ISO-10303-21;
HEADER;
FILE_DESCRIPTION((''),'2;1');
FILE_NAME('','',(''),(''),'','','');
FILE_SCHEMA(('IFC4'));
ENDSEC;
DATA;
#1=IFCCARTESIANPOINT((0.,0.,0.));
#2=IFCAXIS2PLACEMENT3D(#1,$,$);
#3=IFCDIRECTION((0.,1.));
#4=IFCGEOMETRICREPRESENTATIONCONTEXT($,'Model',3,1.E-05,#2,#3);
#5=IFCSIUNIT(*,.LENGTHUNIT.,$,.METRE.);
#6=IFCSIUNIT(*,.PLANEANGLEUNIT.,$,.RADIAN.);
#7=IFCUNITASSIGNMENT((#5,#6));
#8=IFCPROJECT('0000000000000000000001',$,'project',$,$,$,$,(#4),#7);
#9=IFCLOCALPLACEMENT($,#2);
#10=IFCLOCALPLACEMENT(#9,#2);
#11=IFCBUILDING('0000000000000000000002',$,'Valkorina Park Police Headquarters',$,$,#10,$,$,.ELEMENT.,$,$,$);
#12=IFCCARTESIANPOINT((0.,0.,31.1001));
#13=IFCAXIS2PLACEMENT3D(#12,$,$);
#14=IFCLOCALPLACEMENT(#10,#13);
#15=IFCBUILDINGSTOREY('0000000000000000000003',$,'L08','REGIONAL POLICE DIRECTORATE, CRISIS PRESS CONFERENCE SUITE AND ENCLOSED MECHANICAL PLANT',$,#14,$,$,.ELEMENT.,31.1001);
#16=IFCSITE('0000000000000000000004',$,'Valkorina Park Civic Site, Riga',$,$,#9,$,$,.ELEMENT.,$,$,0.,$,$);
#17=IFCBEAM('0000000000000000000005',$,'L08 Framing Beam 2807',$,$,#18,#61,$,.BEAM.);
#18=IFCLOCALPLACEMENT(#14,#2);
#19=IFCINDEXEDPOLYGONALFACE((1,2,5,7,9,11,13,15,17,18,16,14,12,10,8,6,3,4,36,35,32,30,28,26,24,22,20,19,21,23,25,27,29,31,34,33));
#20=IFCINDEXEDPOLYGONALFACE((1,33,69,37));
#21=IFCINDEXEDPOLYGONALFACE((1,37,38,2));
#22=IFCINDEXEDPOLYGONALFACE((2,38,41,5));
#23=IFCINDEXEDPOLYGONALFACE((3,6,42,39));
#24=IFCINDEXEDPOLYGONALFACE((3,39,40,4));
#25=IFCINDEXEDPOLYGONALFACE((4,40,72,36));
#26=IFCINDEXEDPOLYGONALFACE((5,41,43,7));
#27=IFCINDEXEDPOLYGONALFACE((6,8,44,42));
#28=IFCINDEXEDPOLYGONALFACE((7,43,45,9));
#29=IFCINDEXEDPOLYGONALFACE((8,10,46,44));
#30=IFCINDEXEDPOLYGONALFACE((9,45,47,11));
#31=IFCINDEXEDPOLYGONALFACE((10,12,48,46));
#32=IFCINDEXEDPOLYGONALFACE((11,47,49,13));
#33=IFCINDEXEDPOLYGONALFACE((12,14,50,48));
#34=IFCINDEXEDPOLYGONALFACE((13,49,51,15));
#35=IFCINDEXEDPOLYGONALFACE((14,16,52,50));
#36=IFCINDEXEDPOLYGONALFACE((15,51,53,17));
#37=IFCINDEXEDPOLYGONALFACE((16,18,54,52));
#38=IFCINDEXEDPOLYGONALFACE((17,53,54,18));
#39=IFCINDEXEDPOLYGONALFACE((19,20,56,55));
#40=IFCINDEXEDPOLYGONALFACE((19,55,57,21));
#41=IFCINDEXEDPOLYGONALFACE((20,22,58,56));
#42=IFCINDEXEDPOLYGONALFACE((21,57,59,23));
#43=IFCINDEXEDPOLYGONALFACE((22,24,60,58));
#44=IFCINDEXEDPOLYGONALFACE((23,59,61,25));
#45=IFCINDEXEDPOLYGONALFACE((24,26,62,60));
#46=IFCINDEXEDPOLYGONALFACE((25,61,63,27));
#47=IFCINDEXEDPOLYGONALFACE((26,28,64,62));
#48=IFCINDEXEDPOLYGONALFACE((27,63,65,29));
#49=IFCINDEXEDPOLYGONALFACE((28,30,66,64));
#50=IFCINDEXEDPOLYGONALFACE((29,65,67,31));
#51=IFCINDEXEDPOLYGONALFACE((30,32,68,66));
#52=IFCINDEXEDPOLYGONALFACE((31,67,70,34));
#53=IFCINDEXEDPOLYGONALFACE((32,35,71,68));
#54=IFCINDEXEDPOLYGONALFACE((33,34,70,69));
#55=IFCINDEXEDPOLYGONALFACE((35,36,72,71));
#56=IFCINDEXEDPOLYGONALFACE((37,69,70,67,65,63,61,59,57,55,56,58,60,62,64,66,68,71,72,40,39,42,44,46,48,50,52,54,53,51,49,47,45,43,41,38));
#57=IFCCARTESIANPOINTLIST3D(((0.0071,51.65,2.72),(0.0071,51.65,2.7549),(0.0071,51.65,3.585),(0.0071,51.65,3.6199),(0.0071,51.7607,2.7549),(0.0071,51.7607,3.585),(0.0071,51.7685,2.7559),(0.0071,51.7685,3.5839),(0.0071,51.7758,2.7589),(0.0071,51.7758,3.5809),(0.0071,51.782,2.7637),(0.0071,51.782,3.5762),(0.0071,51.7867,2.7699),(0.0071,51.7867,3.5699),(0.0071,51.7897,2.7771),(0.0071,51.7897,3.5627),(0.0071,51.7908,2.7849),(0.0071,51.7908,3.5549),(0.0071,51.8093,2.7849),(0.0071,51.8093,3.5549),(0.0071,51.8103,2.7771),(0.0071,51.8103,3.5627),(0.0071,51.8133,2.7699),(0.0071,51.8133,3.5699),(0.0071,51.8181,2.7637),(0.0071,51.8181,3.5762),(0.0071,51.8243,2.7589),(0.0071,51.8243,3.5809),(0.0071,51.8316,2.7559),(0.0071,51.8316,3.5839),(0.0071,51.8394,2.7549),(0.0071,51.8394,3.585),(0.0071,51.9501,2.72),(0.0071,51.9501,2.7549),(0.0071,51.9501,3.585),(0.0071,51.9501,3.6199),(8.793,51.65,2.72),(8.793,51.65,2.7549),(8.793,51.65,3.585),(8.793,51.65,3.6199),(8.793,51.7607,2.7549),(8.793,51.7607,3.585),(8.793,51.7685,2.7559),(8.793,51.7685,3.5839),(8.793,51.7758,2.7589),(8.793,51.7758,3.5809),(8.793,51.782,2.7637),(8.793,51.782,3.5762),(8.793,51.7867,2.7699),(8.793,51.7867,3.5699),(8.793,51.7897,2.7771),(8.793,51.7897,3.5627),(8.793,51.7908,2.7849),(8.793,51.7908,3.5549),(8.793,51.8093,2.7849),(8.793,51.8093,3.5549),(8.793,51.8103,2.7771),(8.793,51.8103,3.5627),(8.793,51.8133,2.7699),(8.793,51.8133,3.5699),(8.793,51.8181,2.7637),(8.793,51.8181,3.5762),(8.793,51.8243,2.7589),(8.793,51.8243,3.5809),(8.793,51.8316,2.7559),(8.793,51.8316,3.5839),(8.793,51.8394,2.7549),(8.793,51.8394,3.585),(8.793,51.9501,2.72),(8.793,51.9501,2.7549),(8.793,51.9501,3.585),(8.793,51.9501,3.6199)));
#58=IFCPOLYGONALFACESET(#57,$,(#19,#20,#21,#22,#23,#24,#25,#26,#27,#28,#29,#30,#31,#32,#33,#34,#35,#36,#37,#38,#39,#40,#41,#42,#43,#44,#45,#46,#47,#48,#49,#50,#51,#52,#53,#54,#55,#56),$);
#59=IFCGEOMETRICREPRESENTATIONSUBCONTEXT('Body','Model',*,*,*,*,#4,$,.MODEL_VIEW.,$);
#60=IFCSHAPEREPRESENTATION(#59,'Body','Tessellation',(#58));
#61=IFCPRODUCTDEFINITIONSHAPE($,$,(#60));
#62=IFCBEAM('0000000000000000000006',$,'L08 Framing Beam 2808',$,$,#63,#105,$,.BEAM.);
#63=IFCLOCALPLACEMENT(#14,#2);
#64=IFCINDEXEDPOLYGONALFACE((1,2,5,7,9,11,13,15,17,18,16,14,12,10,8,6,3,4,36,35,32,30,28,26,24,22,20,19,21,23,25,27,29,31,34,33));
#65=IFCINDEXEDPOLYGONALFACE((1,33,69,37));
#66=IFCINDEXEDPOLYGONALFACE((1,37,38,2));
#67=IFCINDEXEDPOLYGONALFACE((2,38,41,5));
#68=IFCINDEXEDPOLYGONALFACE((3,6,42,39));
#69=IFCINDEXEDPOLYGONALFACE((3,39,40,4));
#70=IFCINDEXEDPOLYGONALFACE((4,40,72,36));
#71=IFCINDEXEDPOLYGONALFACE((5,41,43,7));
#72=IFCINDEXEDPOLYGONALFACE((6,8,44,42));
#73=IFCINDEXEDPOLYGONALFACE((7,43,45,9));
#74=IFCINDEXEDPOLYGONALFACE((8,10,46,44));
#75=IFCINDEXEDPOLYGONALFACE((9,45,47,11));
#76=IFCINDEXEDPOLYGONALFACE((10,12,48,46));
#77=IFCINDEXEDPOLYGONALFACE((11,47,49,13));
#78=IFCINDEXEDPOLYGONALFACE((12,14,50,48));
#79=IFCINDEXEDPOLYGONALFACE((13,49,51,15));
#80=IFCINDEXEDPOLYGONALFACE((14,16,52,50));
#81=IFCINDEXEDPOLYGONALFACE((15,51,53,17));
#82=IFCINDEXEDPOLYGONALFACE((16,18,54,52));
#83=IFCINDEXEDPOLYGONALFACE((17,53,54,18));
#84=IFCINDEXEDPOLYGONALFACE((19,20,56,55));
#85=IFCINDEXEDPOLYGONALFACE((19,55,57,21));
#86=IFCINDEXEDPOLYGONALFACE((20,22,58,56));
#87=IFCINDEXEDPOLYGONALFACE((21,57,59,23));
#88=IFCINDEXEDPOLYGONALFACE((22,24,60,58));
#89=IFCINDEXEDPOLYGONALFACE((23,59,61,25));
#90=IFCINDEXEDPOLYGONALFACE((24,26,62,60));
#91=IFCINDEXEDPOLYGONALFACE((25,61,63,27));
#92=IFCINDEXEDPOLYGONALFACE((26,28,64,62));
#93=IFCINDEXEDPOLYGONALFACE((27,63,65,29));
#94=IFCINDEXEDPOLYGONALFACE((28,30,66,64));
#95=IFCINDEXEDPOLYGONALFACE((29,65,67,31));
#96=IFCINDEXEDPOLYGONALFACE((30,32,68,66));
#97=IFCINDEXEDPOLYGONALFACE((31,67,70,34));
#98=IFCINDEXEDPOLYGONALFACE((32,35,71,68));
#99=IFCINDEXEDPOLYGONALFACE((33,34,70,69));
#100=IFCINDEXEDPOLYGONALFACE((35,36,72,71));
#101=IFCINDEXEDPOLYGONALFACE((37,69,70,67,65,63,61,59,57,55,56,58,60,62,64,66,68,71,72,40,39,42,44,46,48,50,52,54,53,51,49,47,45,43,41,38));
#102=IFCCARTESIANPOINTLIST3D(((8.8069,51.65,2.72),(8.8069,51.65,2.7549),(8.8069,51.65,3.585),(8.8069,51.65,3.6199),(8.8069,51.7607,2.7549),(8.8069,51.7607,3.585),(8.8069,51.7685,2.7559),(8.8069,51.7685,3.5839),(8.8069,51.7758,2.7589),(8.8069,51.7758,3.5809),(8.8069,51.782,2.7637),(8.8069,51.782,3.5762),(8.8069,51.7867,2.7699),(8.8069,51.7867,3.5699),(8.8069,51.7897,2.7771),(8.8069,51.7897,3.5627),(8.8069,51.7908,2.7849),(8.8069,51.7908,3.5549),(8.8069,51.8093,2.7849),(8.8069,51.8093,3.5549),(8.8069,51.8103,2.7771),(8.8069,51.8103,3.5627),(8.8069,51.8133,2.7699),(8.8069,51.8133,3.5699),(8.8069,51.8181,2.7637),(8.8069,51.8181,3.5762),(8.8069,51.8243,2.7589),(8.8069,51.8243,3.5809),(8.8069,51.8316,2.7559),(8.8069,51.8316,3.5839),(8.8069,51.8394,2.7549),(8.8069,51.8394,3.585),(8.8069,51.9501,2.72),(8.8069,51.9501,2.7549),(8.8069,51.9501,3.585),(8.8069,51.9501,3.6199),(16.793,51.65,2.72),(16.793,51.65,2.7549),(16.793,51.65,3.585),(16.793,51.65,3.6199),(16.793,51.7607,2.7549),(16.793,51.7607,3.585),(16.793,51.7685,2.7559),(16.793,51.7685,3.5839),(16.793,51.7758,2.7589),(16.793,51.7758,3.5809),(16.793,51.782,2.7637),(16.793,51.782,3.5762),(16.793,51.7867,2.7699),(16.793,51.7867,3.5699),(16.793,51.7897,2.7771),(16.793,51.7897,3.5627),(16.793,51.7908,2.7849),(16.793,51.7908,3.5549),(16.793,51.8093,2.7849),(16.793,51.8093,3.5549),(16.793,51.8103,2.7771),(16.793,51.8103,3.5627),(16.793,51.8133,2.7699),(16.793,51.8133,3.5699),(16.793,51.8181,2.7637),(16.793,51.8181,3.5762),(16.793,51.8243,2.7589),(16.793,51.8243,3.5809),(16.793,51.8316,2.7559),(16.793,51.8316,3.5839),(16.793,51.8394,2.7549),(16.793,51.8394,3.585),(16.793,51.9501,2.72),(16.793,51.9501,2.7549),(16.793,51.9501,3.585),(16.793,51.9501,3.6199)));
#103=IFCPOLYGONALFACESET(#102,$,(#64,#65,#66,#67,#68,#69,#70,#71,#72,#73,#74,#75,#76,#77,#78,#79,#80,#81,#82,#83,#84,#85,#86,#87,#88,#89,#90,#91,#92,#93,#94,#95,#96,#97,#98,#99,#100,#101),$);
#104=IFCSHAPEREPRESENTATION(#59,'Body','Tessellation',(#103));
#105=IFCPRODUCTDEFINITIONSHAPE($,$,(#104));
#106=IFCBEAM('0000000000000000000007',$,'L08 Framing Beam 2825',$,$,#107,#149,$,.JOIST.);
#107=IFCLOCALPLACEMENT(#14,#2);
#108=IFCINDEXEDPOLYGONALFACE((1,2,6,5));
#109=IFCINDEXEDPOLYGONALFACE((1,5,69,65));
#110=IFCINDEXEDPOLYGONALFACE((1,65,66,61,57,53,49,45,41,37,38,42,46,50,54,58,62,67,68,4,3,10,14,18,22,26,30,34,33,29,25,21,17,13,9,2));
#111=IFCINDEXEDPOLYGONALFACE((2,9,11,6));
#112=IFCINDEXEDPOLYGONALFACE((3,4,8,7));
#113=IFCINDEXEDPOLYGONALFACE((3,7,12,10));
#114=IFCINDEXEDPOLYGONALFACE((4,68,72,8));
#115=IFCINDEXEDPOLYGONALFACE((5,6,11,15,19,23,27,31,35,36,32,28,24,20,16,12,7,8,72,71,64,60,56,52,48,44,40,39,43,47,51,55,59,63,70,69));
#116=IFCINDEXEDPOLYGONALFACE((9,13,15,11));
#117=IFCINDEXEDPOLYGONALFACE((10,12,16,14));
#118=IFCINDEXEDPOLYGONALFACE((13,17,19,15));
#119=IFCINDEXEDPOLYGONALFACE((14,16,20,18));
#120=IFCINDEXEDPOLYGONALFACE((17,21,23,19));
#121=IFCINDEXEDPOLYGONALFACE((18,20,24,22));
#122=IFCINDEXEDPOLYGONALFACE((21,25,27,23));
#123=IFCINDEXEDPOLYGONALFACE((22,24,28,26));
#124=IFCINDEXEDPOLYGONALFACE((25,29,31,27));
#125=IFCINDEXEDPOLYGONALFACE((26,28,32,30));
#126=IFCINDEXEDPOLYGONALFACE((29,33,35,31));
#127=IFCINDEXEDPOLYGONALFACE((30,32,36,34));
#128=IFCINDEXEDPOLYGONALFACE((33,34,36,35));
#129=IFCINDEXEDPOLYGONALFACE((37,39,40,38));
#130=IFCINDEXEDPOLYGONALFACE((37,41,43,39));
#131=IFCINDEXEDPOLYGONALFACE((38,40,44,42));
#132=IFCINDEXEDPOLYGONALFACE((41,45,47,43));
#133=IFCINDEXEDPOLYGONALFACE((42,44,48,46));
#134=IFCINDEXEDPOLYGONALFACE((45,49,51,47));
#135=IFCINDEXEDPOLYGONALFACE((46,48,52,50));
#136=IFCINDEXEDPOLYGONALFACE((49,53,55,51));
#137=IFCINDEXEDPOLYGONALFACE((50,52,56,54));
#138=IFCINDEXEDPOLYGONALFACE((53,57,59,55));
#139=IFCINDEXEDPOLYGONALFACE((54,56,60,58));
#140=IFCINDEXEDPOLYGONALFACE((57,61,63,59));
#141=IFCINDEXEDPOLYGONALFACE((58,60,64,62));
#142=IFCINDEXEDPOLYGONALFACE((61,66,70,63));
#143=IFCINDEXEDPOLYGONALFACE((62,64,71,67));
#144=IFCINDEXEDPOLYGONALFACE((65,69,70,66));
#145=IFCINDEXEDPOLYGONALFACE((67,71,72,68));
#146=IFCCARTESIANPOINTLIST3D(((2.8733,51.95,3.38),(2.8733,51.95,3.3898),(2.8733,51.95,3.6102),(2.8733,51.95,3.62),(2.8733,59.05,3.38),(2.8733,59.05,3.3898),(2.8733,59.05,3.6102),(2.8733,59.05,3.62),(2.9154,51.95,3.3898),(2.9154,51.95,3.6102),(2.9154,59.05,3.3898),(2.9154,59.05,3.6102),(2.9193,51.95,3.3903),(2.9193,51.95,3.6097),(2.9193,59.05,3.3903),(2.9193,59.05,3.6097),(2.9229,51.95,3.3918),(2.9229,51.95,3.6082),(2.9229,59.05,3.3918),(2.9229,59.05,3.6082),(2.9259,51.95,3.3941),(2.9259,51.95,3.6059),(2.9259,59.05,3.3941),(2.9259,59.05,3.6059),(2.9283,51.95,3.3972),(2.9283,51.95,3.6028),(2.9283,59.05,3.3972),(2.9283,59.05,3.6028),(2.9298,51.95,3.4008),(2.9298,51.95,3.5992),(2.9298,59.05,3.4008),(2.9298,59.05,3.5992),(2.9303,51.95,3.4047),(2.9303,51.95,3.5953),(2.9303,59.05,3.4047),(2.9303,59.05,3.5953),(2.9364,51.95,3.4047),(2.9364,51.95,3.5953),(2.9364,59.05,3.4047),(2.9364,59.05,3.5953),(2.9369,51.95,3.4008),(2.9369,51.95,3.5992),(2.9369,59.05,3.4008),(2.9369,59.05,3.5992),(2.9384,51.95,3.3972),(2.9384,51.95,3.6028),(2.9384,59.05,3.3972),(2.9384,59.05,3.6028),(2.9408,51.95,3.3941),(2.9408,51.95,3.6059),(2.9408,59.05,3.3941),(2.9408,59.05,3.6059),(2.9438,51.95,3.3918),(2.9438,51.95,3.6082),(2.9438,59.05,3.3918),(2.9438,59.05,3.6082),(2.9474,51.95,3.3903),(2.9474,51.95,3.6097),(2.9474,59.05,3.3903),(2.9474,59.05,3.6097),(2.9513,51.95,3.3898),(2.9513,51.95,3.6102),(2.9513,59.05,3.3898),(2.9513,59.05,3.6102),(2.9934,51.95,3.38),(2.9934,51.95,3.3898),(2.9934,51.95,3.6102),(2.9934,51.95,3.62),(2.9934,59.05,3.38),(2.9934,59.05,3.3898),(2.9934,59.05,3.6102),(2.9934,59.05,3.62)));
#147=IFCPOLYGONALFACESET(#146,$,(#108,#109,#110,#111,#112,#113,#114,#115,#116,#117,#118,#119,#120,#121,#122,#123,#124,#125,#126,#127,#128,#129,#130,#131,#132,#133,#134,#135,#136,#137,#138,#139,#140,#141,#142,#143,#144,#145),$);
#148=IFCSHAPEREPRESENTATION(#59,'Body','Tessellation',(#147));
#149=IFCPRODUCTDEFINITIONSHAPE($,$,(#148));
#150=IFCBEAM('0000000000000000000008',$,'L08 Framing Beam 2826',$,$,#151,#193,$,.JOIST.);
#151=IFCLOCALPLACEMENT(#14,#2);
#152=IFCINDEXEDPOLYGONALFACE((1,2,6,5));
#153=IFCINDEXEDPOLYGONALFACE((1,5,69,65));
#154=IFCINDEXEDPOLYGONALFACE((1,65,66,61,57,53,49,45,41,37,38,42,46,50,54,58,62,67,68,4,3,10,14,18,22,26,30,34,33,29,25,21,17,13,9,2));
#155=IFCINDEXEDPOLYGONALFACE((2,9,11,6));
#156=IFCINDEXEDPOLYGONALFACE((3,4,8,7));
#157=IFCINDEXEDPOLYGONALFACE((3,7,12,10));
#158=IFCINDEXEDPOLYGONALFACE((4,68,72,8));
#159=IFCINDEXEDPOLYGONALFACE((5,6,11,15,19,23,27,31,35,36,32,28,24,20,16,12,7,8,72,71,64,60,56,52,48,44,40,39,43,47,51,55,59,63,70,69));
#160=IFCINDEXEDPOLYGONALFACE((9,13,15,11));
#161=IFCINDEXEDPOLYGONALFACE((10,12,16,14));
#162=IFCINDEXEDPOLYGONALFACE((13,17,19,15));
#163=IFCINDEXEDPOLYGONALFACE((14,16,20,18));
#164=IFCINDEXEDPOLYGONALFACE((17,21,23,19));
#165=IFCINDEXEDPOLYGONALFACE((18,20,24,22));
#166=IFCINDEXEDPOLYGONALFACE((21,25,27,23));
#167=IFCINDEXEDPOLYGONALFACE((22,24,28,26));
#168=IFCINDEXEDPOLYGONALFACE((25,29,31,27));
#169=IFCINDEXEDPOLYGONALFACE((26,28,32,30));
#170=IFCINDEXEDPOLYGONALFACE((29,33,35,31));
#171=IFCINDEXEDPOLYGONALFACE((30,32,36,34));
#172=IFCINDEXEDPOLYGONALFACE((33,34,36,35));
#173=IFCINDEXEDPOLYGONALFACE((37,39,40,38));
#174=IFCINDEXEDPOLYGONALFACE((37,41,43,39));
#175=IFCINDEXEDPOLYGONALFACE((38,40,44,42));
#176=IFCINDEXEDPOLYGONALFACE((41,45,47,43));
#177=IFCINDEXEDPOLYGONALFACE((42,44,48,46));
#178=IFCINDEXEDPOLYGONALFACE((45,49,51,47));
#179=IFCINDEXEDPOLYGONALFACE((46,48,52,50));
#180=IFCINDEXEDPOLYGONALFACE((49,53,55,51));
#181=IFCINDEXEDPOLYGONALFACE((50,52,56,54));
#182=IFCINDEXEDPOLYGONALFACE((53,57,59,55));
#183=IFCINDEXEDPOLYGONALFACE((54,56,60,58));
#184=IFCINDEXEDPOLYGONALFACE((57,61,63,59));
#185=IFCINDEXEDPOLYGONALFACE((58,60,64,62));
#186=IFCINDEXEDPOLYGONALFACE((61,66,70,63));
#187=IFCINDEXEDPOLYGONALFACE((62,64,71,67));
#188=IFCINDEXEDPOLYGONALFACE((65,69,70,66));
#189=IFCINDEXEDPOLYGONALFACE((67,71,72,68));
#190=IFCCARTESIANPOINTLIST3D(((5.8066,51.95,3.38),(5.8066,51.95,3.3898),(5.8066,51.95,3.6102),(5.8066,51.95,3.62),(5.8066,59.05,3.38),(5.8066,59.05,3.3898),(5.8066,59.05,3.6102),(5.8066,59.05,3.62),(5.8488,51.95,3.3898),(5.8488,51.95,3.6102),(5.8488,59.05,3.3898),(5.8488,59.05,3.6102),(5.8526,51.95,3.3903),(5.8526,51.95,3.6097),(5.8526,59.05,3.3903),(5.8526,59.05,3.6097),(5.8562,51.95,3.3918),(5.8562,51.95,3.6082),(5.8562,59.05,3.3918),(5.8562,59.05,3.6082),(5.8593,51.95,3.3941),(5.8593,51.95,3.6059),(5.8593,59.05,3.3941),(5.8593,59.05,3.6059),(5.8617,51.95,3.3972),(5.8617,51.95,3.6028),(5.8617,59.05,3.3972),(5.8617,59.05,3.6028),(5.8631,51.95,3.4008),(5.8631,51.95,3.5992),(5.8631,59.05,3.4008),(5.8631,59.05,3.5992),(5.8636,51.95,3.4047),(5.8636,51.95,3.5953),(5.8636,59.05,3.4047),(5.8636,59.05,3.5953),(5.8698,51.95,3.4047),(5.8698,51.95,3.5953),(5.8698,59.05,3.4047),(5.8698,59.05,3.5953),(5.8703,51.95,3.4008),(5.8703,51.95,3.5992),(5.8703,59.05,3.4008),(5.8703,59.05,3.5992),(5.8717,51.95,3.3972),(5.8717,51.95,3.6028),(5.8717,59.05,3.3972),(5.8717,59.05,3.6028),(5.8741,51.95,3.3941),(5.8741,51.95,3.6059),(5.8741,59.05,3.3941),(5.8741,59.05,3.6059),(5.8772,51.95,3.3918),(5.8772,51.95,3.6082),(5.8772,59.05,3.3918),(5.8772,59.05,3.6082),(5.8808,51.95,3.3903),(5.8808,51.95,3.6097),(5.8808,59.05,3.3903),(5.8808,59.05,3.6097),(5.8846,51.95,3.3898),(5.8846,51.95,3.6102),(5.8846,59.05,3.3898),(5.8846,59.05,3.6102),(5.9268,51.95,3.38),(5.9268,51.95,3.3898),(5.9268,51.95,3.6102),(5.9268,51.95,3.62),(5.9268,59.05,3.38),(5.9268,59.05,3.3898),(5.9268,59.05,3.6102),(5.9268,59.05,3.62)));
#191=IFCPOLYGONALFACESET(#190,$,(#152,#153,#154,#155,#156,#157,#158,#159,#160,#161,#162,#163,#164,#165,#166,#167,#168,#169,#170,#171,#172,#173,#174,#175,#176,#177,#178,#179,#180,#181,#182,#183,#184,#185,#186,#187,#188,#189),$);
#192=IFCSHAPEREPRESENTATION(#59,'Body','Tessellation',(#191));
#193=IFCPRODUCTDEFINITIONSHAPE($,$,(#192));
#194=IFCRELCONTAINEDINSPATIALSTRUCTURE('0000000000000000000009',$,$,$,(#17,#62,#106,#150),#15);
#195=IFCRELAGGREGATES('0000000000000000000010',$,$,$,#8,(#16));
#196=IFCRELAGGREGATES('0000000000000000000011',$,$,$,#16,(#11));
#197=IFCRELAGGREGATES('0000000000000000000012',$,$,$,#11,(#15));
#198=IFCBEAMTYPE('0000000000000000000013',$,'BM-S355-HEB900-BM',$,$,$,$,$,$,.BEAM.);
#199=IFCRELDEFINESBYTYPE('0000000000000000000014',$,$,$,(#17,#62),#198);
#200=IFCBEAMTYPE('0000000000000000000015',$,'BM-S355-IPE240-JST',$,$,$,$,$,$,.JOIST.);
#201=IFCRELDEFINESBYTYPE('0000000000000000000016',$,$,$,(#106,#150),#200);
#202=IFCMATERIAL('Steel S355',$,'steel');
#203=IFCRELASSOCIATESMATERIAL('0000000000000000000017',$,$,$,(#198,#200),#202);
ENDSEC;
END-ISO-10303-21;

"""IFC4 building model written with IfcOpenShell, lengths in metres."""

from ifc_helpers import new_model, si_unit, direction, frame, origin, origin_2d, place, context, subcontext, project, spatial, i_section, extrude, material, material_profile, profile_set, type_object, element, save


model = new_model("IFC4")

# Units and contexts
model_context = context("Model", 3, precision=1e-05, world=origin(), true_north=direction((0.0, 1.0)))
body_context = subcontext(model_context, "Body", "Model", "MODEL_VIEW")
ifc_project = project(units=[si_unit("LENGTHUNIT", "METRE"), si_unit("PLANEANGLEUNIT", "RADIAN")], contexts=[model_context])

# Site, building, storey
site_placement = place(None, origin())
site = spatial("IfcSite", under=ifc_project, at=site_placement, Name="Valkorina Park Civic Site, Riga", CompositionType="ELEMENT", RefElevation=0.0)
building_placement = place(site_placement, origin())
building = spatial("IfcBuilding", under=site, at=building_placement, Name="Valkorina Park Police Headquarters", CompositionType="ELEMENT")
storey_placement = place(building_placement, frame((0.0, 0.0, 31.1001)))
storey = spatial("IfcBuildingStorey", under=building, at=storey_placement, Name="L08", Description="REGIONAL POLICE DIRECTORATE, CRISIS PRESS CONFERENCE SUITE AND ENCLOSED MECHANICAL PLANT", CompositionType="ELEMENT", Elevation=31.1001)

# Shared definitions
ifc_material_1 = material(Name="Steel S355", Category="steel")

# Beams
ifc_material_profile_1 = material_profile(ifc_material_1, i_section(OverallWidth=0.3, OverallDepth=0.8999, WebThickness=0.0186, FlangeThickness=0.0349, FilletRadius=0.03, at=origin_2d()), Name="HEB 900")
ifc_profile_set_1 = profile_set([ifc_material_profile_1], Name="Steel S355")
beam_type_1 = type_object("IfcBeamType", Name="BM-S355-HEB900-BM", PredefinedType="BEAM", material=ifc_profile_set_1)
beam_1_placement = place(storey_placement, frame((0.0071, 51.8, 3.1699), z_axis=(1.0, 0.0, 0.0), x_axis=(0.0, 1.0, 0.0)))
element("IfcBeam", 1, at=beam_1_placement, inside=storey, type_object=beam_type_1, Name="L08 Framing Beam 2807", PredefinedType="BEAM", context=body_context, shape_type="SweptSolid", body=[
    extrude(i_section(OverallWidth=0.3, OverallDepth=0.8999, WebThickness=0.0186, FlangeThickness=0.0349, FilletRadius=0.03, at=origin_2d()), origin(), (0.0, 0.0, 1.0), 8.7859),
])
beam_2_placement = place(storey_placement, frame((8.8069, 51.8, 3.1699), z_axis=(1.0, 0.0, 0.0), x_axis=(0.0, 1.0, 0.0)))
element("IfcBeam", 2, at=beam_2_placement, inside=storey, type_object=beam_type_1, Name="L08 Framing Beam 2808", PredefinedType="BEAM", context=body_context, shape_type="SweptSolid", body=[
    extrude(i_section(OverallWidth=0.3, OverallDepth=0.8999, WebThickness=0.0186, FlangeThickness=0.0349, FilletRadius=0.03, at=origin_2d()), origin(), (0.0, 0.0, 1.0), 7.9861),
])
ifc_material_profile_2 = material_profile(ifc_material_1, i_section(OverallWidth=0.1201, OverallDepth=0.24, WebThickness=0.0061, FlangeThickness=0.0098, FilletRadius=0.0149, at=origin_2d()), Name="IPE 240")
ifc_profile_set_2 = profile_set([ifc_material_profile_2], Name="Steel S355")
beam_type_2 = type_object("IfcBeamType", Name="BM-S355-IPE240-JST", PredefinedType="JOIST", material=ifc_profile_set_2)
for number, where, z_axis, x_axis, name in (
    (3, (2.9333, 51.95, 3.5), (0.0, 1.0, 0.0), (-1.0, 0.0, 0.0), "L08 Framing Beam 2825"),
    (4, (5.8667, 51.95, 3.5), (0.0, 1.0, 0.0), (-1.0, 0.0, 0.0), "L08 Framing Beam 2826"),
):
    element("IfcBeam", number, at=place(storey_placement, frame(where, z_axis=z_axis, x_axis=x_axis)), inside=storey, type_object=beam_type_2, Name=name, PredefinedType="JOIST", context=body_context, shape_type="SweptSolid", body=[
        extrude(i_section(OverallWidth=0.1201, OverallDepth=0.24, WebThickness=0.0061, FlangeThickness=0.0098, FilletRadius=0.0149, at=origin_2d()), origin(), (0.0, 0.0, 1.0), 7.1001),
    ])

save(model, "model.ifc")
